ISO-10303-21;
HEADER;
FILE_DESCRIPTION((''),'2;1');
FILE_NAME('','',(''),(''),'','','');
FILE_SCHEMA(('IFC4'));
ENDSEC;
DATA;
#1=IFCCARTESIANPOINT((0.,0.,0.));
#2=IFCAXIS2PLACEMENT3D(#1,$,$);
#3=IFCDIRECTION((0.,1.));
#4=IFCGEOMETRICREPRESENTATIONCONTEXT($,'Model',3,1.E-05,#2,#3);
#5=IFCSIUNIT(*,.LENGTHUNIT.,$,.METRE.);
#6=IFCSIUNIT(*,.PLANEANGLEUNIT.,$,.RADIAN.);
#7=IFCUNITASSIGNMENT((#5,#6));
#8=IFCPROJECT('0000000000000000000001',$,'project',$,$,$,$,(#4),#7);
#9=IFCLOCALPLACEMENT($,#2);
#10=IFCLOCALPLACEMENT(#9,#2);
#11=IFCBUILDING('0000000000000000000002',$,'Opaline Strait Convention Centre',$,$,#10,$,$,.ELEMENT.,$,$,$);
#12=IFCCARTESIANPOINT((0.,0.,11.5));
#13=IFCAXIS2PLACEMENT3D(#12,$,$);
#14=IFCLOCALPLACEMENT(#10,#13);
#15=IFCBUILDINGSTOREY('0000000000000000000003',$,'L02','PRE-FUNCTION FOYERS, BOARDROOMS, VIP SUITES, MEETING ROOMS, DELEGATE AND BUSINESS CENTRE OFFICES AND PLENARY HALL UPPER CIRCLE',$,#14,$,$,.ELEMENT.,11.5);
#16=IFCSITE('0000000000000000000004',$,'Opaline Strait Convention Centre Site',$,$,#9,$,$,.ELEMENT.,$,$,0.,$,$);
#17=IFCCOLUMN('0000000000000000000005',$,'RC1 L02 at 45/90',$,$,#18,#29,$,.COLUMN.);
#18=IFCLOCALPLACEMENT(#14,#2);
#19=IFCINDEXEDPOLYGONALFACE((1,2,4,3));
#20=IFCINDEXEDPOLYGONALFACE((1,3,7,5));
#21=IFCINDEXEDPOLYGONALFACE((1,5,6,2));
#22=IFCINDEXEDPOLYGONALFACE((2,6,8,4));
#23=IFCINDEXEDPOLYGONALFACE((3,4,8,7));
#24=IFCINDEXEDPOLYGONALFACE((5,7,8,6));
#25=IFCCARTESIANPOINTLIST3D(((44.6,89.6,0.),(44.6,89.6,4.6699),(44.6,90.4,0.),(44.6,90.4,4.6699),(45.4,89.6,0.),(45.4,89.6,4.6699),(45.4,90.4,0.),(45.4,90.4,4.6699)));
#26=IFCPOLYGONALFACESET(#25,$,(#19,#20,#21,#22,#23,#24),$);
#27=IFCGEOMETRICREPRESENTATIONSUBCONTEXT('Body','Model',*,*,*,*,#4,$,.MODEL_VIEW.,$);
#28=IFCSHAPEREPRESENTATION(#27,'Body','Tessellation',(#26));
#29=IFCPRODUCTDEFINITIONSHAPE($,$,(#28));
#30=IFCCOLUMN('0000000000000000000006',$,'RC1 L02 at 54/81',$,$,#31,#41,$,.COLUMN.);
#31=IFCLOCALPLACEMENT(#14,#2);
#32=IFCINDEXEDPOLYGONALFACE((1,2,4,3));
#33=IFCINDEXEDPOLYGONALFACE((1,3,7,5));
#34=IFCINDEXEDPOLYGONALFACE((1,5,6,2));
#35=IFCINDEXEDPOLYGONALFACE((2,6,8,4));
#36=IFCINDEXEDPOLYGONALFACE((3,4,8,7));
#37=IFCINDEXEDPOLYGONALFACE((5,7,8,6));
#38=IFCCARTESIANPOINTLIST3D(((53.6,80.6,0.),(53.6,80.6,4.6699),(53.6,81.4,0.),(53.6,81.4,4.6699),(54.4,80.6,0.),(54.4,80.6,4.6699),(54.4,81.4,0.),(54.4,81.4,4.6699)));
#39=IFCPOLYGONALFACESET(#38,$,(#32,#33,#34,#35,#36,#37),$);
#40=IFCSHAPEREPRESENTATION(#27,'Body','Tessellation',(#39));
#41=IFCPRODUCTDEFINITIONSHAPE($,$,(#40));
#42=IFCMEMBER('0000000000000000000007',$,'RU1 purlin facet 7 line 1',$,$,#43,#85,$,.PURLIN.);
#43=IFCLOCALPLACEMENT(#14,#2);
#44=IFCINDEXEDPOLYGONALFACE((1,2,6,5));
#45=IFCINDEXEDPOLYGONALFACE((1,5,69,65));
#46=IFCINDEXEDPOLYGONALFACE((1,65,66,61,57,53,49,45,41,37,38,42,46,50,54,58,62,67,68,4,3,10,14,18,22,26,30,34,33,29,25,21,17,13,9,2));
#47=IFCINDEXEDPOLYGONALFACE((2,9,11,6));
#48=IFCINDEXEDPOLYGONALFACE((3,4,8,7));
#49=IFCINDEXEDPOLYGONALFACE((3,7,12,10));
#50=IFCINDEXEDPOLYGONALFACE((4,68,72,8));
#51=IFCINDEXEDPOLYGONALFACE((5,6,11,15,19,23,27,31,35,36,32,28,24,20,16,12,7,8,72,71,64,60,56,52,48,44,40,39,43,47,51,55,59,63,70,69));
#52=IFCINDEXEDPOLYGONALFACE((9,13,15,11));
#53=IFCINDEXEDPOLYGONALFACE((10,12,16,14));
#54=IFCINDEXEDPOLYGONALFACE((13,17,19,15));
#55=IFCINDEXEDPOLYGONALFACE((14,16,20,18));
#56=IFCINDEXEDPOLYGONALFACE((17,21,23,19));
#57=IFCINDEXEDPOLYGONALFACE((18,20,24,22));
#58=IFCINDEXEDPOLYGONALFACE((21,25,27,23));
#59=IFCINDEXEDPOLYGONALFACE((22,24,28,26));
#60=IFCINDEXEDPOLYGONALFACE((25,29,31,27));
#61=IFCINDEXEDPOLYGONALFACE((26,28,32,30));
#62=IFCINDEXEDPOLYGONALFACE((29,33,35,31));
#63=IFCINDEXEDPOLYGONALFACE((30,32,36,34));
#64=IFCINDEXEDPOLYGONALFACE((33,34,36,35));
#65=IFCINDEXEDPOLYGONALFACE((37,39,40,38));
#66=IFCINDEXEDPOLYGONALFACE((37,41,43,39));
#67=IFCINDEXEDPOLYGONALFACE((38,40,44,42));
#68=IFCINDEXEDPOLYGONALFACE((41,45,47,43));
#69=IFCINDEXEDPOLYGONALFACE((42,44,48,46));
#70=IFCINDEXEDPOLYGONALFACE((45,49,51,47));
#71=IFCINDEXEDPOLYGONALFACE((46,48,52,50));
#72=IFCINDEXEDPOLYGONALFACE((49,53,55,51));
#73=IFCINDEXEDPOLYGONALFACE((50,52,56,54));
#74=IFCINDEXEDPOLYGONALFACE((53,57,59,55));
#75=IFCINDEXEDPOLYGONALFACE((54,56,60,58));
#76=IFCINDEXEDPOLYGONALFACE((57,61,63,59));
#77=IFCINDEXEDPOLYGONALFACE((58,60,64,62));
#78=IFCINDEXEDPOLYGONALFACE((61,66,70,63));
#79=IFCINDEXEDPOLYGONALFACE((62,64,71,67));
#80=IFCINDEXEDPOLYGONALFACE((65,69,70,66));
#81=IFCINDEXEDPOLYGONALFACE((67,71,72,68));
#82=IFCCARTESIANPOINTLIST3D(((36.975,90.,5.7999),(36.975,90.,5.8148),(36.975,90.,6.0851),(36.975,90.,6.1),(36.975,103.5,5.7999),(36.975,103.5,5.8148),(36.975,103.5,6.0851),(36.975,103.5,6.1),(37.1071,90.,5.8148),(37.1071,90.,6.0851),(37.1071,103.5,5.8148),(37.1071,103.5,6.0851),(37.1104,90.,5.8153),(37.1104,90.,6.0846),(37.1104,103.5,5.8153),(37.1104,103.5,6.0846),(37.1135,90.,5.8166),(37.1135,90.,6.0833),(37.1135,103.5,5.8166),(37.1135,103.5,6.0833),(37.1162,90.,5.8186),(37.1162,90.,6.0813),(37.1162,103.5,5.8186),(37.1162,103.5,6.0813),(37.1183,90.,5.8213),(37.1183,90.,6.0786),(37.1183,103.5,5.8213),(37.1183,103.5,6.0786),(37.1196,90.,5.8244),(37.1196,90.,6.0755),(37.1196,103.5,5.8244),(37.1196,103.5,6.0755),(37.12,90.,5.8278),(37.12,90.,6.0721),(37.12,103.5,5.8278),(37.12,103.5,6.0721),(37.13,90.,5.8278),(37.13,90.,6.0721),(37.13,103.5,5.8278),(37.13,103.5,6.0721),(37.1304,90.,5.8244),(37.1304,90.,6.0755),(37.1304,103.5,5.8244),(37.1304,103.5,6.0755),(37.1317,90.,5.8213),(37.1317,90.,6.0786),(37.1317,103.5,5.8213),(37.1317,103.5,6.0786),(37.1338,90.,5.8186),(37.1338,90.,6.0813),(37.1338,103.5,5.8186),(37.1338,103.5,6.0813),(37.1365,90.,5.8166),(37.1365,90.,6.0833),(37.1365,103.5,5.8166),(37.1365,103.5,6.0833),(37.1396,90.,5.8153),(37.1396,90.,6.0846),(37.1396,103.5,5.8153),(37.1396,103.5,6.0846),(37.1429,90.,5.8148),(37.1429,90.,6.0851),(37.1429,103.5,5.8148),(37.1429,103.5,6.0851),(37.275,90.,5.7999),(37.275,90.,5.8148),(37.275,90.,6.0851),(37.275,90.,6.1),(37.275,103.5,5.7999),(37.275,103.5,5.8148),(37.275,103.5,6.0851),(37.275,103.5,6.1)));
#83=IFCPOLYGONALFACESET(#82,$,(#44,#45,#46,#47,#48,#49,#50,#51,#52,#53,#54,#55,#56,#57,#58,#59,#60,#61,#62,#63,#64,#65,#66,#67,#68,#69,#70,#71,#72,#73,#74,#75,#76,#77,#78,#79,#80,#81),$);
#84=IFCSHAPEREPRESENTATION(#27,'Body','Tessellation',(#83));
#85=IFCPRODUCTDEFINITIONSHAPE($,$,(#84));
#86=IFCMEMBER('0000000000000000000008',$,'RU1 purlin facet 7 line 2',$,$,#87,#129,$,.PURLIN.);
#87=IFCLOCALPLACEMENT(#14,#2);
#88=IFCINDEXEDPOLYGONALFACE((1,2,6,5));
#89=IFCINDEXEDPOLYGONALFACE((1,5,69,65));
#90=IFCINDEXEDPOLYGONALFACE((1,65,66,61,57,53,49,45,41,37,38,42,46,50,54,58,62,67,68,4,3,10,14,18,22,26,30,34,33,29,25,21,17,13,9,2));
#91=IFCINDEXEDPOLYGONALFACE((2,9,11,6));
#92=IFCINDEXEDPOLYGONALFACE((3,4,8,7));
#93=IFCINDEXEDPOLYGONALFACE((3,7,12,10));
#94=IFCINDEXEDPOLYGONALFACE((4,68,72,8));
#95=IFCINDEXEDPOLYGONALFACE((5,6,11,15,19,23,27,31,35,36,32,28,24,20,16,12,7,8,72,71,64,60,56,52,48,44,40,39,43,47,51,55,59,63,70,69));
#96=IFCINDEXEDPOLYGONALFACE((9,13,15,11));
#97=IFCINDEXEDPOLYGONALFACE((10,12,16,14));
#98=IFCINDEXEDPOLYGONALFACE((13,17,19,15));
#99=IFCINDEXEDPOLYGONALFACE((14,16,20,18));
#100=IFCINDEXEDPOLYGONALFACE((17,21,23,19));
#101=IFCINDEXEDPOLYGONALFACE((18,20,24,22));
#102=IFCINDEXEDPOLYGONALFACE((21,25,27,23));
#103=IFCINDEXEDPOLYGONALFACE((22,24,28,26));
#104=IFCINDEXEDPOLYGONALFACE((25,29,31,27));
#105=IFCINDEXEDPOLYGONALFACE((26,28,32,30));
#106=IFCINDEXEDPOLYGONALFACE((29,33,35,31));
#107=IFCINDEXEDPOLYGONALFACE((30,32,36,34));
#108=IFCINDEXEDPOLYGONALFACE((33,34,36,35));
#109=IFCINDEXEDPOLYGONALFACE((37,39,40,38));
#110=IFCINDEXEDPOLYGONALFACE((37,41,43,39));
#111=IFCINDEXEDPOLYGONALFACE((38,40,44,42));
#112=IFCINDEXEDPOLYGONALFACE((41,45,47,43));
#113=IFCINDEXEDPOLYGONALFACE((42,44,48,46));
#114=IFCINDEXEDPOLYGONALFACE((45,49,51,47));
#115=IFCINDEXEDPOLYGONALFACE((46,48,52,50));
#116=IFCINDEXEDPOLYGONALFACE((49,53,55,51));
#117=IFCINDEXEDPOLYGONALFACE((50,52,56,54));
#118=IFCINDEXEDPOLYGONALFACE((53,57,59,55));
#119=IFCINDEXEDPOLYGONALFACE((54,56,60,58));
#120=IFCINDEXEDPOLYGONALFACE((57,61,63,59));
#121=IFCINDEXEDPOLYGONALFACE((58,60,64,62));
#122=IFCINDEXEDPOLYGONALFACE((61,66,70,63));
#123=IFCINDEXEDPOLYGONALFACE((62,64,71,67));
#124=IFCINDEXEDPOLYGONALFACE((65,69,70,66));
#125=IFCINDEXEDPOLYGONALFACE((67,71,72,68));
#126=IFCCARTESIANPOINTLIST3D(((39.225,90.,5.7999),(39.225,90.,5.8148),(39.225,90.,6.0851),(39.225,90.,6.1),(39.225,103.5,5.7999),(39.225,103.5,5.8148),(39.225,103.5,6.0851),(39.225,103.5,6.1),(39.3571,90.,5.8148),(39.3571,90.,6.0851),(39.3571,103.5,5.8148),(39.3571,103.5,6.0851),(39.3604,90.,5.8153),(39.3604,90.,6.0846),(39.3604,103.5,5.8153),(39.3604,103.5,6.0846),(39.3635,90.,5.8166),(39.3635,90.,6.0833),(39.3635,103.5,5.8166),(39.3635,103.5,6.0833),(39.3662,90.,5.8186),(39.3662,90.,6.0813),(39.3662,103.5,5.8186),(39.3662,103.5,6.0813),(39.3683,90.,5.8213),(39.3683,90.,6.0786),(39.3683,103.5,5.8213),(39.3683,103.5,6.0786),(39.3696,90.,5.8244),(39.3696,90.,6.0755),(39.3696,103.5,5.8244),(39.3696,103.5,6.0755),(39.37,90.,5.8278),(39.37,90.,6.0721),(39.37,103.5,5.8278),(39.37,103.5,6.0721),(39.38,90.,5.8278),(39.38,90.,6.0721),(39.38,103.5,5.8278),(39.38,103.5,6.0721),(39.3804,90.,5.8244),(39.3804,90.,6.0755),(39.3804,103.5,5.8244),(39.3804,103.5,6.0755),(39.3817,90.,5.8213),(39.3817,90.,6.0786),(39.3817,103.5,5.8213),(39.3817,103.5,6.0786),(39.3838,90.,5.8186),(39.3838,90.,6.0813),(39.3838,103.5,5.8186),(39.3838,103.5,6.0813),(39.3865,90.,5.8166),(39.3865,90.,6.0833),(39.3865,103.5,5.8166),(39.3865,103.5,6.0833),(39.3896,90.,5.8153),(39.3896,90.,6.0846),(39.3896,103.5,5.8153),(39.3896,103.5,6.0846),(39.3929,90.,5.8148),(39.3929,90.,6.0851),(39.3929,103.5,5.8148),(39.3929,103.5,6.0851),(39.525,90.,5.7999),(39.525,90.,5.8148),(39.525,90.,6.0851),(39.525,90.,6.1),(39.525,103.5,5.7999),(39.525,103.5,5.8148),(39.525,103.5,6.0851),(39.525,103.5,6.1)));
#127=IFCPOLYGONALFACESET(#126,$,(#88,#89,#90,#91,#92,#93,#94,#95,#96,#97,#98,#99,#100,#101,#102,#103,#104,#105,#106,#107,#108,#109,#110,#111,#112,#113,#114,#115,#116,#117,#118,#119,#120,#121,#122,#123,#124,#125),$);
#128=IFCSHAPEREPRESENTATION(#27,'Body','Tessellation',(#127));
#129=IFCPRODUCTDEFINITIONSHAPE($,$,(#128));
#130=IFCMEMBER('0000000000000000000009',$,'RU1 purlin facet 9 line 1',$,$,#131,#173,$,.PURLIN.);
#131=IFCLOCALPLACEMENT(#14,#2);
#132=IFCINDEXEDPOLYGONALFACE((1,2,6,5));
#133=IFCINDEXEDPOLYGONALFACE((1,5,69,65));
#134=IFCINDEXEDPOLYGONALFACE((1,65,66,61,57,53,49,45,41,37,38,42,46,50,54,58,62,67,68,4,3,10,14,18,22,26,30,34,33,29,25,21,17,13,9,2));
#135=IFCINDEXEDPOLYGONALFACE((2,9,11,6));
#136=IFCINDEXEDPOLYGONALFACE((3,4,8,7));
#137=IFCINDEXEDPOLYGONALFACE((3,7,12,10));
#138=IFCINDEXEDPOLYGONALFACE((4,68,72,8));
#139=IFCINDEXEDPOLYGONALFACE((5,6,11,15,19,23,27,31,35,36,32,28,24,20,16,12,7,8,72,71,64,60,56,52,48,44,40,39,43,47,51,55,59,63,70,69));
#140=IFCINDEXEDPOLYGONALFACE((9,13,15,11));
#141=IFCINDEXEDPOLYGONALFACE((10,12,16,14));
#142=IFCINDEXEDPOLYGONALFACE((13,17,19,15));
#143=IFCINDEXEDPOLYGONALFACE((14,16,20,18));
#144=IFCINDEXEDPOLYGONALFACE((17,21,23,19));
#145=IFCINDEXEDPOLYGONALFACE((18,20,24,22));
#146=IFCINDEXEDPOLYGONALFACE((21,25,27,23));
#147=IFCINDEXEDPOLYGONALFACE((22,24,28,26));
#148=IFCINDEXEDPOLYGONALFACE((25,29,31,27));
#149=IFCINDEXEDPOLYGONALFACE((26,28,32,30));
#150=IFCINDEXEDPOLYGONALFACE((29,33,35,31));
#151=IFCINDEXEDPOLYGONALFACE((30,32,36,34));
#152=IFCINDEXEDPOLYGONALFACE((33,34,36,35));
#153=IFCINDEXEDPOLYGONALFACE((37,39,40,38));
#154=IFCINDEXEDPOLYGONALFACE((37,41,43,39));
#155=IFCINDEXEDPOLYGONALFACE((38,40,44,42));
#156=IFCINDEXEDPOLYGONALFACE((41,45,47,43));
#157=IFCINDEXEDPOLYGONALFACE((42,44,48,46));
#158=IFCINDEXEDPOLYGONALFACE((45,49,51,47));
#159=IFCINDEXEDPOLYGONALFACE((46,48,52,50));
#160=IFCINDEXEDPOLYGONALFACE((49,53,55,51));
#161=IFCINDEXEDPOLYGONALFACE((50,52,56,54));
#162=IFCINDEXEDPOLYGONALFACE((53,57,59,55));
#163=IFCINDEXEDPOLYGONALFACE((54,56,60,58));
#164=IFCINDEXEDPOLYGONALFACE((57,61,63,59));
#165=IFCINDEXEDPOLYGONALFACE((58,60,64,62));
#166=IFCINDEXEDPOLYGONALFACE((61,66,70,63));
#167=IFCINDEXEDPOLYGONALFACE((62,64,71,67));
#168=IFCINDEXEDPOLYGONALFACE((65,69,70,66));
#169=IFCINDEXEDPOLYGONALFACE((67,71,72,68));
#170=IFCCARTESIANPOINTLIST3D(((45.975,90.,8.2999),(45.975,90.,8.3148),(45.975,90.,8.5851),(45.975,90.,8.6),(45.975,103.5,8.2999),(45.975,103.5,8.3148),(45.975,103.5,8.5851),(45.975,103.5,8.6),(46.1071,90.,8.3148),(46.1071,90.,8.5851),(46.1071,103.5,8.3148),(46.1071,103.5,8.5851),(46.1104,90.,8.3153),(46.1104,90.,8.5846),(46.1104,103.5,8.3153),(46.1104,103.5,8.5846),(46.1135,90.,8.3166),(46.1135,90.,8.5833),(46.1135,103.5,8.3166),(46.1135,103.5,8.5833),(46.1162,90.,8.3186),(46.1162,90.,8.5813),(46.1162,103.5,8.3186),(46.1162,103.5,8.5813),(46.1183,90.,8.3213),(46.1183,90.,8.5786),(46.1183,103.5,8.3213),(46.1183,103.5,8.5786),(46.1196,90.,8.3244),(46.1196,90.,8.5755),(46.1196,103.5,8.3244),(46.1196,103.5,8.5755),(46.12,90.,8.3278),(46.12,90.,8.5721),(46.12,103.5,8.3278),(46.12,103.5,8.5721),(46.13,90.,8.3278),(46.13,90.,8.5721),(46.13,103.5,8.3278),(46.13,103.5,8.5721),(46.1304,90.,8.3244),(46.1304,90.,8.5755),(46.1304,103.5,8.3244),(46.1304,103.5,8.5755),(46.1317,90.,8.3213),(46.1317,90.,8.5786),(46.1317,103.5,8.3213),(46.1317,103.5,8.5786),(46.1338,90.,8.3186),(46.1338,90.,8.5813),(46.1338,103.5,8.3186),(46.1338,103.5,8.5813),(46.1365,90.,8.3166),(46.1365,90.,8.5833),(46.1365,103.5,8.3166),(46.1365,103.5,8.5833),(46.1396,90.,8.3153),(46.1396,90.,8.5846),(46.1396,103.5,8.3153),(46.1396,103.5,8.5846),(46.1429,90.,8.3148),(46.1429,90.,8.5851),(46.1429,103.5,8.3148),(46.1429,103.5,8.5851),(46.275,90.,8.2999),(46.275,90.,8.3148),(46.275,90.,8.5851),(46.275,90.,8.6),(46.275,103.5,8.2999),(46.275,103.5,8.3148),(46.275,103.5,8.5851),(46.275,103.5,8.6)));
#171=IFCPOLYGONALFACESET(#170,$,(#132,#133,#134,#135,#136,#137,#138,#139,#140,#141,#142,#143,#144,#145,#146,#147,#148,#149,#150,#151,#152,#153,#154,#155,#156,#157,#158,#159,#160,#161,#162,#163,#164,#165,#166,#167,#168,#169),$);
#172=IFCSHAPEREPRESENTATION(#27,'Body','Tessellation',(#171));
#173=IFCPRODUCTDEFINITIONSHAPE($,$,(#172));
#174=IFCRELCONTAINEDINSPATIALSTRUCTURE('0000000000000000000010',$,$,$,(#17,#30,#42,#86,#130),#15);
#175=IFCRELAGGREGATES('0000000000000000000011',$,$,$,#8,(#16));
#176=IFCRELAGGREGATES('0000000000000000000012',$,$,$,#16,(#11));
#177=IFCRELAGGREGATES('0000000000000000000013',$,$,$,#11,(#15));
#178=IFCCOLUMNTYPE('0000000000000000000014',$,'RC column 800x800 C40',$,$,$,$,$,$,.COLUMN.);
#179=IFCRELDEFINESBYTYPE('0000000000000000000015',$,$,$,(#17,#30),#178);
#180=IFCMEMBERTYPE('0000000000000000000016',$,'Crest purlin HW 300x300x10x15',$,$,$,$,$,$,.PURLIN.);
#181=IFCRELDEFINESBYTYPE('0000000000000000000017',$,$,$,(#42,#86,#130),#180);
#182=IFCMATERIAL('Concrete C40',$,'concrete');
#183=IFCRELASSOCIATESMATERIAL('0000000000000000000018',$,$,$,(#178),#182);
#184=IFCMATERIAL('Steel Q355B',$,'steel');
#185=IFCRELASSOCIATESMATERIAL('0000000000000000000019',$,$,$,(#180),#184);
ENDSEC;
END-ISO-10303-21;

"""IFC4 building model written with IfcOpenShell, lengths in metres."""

from ifc_helpers import new_model, si_unit, direction, frame, origin, origin_2d, place, context, subcontext, project, spatial, rectangle, i_section, extrude, material, material_profile, profile_set, type_object, element, save


model = new_model("IFC4")

# Units and contexts
model_context = context("Model", 3, precision=1e-05, world=origin(), true_north=direction((0.0, 1.0)))
body_context = subcontext(model_context, "Body", "Model", "MODEL_VIEW")
ifc_project = project(units=[si_unit("LENGTHUNIT", "METRE"), si_unit("PLANEANGLEUNIT", "RADIAN")], contexts=[model_context])

# Site, building, storey
site_placement = place(None, origin())
site = spatial("IfcSite", under=ifc_project, at=site_placement, Name="Opaline Strait Convention Centre Site", CompositionType="ELEMENT", RefElevation=0.0)
building_placement = place(site_placement, origin())
building = spatial("IfcBuilding", under=site, at=building_placement, Name="Opaline Strait Convention Centre", CompositionType="ELEMENT")
storey_placement = place(building_placement, frame((0.0, 0.0, 11.5)))
storey = spatial("IfcBuildingStorey", under=building, at=storey_placement, Name="L02", Description="PRE-FUNCTION FOYERS, BOARDROOMS, VIP SUITES, MEETING ROOMS, DELEGATE AND BUSINESS CENTRE OFFICES AND PLENARY HALL UPPER CIRCLE", CompositionType="ELEMENT", Elevation=11.5)

# Columns
ifc_material_1 = material(Name="Concrete C40", Category="concrete")
ifc_material_profile_1 = material_profile(ifc_material_1, rectangle(XDim=0.8, YDim=0.8, at=origin_2d()), Name="RC 800x800")
ifc_profile_set_1 = profile_set([ifc_material_profile_1], Name="Concrete C40")
column_type = type_object("IfcColumnType", Name="RC column 800x800 C40", PredefinedType="COLUMN", material=ifc_profile_set_1)
for number, where, z_axis, x_axis, name in (
    (1, (45.0, 90.0, 0.0), (0.0, 0.0, 1.0), (1.0, 0.0, 0.0), "RC1 L02 at 45/90"),
    (2, (54.0, 81.0, 0.0), (0.0, 0.0, 1.0), (1.0, 0.0, 0.0), "RC1 L02 at 54/81"),
):
    element("IfcColumn", number, at=place(storey_placement, frame(where, z_axis=z_axis, x_axis=x_axis)), inside=storey, type_object=column_type, Name=name, PredefinedType="COLUMN", context=body_context, shape_type="SweptSolid", body=[
        extrude(rectangle(XDim=0.8, YDim=0.8, at=origin_2d()), origin(), (0.0, 0.0, 1.0), 4.6699),
    ])

# Members
ifc_material_2 = material(Name="Steel Q355B", Category="steel")
ifc_material_profile_2 = material_profile(ifc_material_2, i_section(OverallWidth=0.3, OverallDepth=0.3, WebThickness=0.01, FlangeThickness=0.0149, FilletRadius=0.0129, at=origin_2d()), Name="HW 300x300x10x15")
ifc_profile_set_2 = profile_set([ifc_material_profile_2], Name="Steel Q355B")
member_type_1 = type_object("IfcMemberType", Name="Crest purlin HW 300x300x10x15", PredefinedType="PURLIN", material=ifc_profile_set_2)
for number, where, z_axis, x_axis, name in (
    (3, (37.125, 90.0, 5.95), (0.0, 1.0, 0.0), (-1.0, 0.0, 0.0), "RU1 purlin facet 7 line 1"),
    (4, (39.375, 90.0, 5.95), (0.0, 1.0, 0.0), (-1.0, 0.0, 0.0), "RU1 purlin facet 7 line 2"),
    (5, (46.125, 90.0, 8.45), (0.0, 1.0, 0.0), (-1.0, 0.0, 0.0), "RU1 purlin facet 9 line 1"),
):
    element("IfcMember", number, at=place(storey_placement, frame(where, z_axis=z_axis, x_axis=x_axis)), inside=storey, type_object=member_type_1, Name=name, PredefinedType="PURLIN", context=body_context, shape_type="SweptSolid", body=[
        extrude(i_section(OverallWidth=0.3, OverallDepth=0.3, WebThickness=0.01, FlangeThickness=0.0149, FilletRadius=0.0129, at=origin_2d()), origin(), (0.0, 0.0, 1.0), 13.5),
    ])

save(model, "model.ifc")
